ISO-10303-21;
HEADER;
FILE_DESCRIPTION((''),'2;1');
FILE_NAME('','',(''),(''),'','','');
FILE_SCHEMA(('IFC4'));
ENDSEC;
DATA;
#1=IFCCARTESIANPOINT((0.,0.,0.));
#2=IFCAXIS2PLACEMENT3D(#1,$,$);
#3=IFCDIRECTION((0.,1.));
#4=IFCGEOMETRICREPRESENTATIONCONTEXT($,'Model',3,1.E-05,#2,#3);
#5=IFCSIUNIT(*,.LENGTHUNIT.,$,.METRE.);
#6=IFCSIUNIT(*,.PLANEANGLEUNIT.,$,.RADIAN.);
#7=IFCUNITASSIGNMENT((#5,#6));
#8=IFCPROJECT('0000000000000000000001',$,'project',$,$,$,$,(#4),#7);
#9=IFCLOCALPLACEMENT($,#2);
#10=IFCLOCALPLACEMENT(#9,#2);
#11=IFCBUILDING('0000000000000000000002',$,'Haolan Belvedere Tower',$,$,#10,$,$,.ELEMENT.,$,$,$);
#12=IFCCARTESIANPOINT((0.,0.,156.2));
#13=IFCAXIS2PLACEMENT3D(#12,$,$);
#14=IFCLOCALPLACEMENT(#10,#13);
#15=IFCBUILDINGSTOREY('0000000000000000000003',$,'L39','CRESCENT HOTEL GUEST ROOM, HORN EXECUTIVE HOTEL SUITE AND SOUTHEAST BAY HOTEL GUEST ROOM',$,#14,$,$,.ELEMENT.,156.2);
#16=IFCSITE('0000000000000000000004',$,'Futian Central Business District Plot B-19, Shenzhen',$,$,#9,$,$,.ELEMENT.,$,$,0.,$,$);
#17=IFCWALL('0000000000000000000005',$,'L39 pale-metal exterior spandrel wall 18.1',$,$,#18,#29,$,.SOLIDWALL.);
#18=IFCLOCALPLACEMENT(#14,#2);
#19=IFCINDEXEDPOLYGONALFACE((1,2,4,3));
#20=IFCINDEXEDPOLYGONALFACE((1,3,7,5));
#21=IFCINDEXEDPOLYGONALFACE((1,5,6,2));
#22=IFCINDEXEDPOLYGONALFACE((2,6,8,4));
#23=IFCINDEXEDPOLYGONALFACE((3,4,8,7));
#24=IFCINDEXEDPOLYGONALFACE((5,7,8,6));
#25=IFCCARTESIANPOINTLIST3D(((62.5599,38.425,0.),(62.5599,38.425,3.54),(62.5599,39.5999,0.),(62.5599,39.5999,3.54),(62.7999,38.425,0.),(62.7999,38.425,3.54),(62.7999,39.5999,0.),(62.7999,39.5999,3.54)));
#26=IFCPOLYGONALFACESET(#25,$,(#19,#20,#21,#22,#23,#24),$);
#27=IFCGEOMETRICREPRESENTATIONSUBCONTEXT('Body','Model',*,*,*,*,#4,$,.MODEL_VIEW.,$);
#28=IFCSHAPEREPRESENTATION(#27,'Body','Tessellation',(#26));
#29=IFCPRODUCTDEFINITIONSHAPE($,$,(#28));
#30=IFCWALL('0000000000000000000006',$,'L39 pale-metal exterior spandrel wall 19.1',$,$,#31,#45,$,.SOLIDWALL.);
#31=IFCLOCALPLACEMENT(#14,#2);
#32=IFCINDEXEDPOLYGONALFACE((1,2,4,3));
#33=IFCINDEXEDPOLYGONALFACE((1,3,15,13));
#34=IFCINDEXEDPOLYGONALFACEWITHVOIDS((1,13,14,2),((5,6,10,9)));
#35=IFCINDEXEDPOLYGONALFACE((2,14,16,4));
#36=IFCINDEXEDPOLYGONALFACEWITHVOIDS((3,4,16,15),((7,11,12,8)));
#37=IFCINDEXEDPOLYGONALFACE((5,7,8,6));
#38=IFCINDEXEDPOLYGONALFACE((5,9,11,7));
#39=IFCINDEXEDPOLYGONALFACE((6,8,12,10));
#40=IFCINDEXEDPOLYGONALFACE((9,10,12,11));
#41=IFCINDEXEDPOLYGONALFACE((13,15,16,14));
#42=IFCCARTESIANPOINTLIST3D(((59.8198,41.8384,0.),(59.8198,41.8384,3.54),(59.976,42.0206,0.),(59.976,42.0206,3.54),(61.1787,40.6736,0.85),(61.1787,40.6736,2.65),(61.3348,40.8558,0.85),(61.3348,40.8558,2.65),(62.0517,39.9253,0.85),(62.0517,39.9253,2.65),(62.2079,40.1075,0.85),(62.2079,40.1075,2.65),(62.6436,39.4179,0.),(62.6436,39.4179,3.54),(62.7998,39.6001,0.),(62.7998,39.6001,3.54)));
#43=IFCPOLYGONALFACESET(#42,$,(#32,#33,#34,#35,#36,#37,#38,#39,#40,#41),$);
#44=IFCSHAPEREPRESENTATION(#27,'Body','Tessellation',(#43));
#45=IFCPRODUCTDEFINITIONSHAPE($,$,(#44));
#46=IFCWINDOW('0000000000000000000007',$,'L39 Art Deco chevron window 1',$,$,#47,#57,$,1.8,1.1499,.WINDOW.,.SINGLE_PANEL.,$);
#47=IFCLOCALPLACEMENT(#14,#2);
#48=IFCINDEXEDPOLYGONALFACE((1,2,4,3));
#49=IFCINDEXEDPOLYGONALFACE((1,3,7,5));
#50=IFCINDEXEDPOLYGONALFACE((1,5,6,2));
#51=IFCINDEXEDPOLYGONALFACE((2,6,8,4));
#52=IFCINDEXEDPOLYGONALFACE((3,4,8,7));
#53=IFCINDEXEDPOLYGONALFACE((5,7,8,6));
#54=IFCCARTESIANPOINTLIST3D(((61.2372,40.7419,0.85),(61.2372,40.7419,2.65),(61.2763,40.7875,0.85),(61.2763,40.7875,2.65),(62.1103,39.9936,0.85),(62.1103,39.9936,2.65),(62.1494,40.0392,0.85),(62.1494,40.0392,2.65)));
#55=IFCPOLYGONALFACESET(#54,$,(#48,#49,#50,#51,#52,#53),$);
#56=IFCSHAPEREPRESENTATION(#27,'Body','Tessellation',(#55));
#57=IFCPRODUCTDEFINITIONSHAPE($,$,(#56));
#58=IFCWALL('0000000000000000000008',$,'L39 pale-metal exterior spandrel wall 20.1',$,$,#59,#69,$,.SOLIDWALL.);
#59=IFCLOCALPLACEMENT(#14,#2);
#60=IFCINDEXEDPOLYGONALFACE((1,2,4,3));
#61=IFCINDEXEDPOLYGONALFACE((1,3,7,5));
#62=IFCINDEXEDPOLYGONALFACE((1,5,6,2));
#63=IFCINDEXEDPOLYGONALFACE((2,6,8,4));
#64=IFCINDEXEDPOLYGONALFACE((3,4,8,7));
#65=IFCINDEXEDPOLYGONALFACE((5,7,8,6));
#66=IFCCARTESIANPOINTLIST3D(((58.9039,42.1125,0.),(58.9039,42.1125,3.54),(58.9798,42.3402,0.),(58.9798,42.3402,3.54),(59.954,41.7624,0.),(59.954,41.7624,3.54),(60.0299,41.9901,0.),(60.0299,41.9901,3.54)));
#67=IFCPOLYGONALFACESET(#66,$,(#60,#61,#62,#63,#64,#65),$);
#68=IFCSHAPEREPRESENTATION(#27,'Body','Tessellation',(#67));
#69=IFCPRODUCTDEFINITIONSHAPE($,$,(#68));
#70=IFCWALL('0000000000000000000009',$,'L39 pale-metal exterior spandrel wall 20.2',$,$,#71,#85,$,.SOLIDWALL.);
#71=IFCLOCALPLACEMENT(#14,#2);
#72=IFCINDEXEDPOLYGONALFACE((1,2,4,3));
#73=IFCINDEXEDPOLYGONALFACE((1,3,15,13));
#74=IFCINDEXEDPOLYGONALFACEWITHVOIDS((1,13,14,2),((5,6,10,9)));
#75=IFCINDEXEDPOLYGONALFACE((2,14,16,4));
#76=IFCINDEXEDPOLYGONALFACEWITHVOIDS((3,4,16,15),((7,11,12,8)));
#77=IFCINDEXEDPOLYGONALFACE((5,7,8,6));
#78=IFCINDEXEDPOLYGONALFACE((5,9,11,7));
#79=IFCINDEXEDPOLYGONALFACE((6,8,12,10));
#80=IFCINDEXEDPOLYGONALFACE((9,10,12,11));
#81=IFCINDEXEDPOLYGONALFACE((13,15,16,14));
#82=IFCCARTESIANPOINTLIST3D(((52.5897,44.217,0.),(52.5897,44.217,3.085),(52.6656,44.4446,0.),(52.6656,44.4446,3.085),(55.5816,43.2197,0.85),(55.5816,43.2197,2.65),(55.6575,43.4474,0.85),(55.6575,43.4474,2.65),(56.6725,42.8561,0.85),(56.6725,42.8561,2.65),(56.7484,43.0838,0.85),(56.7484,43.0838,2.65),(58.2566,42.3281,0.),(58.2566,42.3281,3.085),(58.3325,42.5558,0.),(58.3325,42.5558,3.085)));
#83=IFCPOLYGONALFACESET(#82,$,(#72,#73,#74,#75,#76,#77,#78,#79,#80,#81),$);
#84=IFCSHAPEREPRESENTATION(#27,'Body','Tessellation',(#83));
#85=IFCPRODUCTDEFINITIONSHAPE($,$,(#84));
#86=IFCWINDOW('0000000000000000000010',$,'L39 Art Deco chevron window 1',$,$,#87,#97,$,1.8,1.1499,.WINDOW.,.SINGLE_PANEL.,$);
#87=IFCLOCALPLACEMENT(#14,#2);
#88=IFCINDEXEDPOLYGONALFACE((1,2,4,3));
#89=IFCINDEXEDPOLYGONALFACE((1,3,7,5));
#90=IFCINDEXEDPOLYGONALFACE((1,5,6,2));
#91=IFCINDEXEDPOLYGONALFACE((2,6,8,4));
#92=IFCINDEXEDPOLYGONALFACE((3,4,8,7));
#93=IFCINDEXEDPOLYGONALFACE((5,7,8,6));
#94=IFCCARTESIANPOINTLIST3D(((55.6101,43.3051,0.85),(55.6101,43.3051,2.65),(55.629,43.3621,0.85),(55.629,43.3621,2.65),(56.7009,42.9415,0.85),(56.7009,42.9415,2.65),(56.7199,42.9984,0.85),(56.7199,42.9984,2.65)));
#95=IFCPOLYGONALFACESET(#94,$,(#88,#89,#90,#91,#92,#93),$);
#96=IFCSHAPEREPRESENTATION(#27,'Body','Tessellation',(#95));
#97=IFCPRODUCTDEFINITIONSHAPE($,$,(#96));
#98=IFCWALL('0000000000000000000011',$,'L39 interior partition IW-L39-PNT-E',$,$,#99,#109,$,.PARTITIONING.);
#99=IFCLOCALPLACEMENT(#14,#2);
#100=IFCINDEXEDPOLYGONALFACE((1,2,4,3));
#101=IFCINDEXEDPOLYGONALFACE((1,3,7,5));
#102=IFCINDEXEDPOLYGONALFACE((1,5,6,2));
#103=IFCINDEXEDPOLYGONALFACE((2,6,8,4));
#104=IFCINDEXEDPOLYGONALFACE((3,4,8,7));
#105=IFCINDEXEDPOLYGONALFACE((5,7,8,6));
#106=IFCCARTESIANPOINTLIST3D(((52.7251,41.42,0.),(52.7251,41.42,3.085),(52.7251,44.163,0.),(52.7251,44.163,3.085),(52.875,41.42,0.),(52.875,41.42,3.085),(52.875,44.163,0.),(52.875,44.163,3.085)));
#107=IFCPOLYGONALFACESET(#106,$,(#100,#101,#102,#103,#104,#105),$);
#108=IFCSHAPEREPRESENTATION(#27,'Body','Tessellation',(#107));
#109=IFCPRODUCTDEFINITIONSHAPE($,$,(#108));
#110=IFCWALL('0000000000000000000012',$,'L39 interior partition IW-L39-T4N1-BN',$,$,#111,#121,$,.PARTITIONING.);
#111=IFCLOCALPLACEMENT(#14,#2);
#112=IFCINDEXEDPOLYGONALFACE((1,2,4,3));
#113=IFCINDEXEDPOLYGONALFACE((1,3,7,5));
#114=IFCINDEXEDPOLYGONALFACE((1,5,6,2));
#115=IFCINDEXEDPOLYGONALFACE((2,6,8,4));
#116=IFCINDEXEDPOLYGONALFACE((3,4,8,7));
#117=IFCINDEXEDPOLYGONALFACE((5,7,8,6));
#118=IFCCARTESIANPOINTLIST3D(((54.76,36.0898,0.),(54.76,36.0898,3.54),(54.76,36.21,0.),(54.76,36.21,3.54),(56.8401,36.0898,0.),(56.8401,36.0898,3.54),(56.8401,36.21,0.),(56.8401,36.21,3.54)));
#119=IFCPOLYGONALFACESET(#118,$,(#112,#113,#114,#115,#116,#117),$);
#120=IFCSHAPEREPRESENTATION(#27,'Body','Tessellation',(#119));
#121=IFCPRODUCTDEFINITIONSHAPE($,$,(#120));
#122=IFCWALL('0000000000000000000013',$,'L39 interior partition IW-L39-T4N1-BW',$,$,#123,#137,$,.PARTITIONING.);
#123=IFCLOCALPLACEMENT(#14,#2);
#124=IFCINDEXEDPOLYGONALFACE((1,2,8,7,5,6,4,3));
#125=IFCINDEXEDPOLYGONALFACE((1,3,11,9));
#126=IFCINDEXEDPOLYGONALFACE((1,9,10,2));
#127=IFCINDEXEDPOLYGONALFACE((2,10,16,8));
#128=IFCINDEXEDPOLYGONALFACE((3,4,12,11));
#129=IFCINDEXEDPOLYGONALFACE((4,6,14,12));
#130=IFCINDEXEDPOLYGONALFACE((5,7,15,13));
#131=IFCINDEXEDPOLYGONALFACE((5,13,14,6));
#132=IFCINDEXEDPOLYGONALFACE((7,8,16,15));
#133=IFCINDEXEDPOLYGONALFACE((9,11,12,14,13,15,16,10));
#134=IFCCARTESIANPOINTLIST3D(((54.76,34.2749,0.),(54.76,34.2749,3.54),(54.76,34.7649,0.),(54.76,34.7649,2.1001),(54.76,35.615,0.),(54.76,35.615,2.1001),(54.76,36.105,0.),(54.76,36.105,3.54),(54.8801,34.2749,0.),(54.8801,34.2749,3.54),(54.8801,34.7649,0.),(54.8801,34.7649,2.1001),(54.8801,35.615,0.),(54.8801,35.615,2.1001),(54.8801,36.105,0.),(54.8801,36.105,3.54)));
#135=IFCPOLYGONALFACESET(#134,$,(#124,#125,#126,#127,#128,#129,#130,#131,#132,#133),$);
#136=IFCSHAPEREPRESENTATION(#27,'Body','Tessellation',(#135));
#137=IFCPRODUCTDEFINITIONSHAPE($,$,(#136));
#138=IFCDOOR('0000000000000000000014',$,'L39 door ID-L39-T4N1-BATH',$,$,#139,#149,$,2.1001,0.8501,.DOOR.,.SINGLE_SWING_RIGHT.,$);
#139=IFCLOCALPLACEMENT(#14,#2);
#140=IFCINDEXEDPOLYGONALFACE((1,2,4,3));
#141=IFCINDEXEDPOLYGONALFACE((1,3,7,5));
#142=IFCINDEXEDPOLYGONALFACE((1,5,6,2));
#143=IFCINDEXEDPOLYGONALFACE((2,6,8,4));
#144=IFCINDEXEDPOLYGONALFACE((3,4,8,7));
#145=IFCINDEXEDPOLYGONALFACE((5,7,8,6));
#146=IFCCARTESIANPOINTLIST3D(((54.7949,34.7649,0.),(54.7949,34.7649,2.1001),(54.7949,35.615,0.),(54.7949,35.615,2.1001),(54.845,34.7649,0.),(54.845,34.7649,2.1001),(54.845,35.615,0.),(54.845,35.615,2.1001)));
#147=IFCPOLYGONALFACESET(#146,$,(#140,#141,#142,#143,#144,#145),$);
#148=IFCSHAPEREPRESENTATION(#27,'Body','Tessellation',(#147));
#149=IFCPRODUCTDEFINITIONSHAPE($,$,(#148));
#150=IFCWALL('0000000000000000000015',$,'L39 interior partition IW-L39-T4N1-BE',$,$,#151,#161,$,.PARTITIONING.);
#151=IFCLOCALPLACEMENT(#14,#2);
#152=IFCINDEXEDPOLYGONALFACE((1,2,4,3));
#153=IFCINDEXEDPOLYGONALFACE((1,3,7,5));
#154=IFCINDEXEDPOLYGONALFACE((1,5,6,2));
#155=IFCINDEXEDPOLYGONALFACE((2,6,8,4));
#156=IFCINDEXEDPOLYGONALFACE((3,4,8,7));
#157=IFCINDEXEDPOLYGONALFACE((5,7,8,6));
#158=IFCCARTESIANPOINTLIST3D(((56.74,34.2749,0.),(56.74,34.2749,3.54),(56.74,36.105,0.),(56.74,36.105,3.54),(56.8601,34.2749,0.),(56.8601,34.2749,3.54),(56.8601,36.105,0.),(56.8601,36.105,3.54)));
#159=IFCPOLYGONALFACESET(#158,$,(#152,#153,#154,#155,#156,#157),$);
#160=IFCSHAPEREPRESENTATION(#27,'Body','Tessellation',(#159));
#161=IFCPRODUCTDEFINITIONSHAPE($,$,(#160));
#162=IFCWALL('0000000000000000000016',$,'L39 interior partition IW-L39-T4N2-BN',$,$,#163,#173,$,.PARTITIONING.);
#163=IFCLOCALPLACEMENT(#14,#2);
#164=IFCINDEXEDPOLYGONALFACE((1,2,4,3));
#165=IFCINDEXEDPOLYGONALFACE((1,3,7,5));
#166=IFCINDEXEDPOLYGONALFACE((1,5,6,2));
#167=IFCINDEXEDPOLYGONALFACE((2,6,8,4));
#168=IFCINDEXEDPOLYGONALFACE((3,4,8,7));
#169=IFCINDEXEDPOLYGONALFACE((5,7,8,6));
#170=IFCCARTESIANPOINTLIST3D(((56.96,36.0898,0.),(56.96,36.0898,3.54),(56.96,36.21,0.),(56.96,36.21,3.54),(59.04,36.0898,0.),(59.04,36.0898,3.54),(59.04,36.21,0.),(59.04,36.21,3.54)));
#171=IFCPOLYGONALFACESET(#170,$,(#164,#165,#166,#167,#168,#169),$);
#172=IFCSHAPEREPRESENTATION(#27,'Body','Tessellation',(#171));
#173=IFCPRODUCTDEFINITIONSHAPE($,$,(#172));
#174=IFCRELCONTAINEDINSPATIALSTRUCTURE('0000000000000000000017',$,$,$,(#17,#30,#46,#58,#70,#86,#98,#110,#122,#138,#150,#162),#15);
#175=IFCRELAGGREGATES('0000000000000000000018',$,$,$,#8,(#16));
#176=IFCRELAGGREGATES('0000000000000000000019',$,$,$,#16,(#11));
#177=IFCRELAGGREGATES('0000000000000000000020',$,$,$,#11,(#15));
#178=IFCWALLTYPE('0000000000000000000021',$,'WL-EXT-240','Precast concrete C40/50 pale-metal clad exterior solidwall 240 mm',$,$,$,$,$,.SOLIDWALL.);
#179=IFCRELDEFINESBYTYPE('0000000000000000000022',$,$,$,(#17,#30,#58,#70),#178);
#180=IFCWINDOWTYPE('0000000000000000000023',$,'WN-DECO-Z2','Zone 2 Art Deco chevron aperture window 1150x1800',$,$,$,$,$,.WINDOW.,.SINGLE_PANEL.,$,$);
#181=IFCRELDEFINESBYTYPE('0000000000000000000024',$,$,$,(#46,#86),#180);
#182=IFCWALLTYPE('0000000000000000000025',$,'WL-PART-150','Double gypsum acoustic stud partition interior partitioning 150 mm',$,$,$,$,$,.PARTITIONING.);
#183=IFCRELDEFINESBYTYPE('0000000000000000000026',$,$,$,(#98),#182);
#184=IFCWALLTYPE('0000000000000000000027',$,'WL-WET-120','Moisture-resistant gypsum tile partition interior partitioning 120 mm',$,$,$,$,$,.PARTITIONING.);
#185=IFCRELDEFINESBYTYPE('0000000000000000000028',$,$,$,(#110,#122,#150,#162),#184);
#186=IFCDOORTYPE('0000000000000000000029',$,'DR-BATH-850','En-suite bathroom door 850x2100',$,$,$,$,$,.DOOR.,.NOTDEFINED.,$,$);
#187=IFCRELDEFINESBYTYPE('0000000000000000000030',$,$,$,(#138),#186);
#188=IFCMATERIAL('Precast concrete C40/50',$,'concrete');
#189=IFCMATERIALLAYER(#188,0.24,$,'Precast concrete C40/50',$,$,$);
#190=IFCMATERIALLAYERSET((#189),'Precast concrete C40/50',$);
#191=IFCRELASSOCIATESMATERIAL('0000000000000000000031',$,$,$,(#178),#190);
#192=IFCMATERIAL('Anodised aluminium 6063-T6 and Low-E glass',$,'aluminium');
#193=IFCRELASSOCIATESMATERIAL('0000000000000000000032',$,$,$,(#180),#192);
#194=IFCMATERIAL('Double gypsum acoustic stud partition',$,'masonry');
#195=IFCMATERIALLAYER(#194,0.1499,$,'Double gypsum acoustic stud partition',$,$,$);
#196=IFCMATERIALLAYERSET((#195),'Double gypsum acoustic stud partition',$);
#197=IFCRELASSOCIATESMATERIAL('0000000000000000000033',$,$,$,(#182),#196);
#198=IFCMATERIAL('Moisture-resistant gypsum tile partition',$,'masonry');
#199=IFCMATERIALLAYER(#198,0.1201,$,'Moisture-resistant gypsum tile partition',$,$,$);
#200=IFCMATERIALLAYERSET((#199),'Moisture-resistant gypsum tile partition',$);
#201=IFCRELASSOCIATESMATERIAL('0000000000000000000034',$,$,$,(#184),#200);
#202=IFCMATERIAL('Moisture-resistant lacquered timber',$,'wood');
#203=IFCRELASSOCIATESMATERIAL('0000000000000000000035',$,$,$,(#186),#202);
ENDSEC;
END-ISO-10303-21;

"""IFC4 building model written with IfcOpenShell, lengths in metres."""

from ifc_helpers import new_model, si_unit, direction, frame, frame_2d, origin, place, context, subcontext, project, spatial, rectangle, extrude, material, layer, layer_set, type_object, element, fill, save


model = new_model("IFC4")

# Units and contexts
model_context = context("Model", 3, precision=1e-05, world=origin(), true_north=direction((0.0, 1.0)))
body_context = subcontext(model_context, "Body", "Model", "MODEL_VIEW")
ifc_project = project(units=[si_unit("LENGTHUNIT", "METRE"), si_unit("PLANEANGLEUNIT", "RADIAN")], contexts=[model_context])

# Site, building, storey
site_placement = place(None, origin())
site = spatial("IfcSite", under=ifc_project, at=site_placement, Name="Futian Central Business District Plot B-19, Shenzhen", CompositionType="ELEMENT", RefElevation=0.0)
building_placement = place(site_placement, origin())
building = spatial("IfcBuilding", under=site, at=building_placement, Name="Haolan Belvedere Tower", CompositionType="ELEMENT")
storey_placement = place(building_placement, frame((0.0, 0.0, 156.2)))
storey = spatial("IfcBuildingStorey", under=building, at=storey_placement, Name="L39", Description="CRESCENT HOTEL GUEST ROOM, HORN EXECUTIVE HOTEL SUITE AND SOUTHEAST BAY HOTEL GUEST ROOM", CompositionType="ELEMENT", Elevation=156.2)

# Wall
ifc_material_1 = material(Name="Precast concrete C40/50", Category="concrete")
ifc_layer_1 = layer(ifc_material_1, 0.24, Name="Precast concrete C40/50")
ifc_layer_set_1 = layer_set([ifc_layer_1], Name="Precast concrete C40/50")
wall_type_1 = type_object("IfcWallType", Name="WL-EXT-240", Description="Precast concrete C40/50 pale-metal clad exterior solidwall 240 mm", PredefinedType="SOLIDWALL", material=ifc_layer_set_1)
wall_1_placement = place(storey_placement, frame((62.6799, 38.425, 0.0), z_axis=(0.0, 0.0, 1.0), x_axis=(0.0, 1.0, 0.0)))
element("IfcWall", 1, at=wall_1_placement, inside=storey, type_object=wall_type_1, Name="L39 pale-metal exterior spandrel wall 18.1", PredefinedType="SOLIDWALL", context=body_context, shape_type="SweptSolid", body=[
    extrude(rectangle(XDim=1.1748, YDim=0.24, at=frame_2d((0.5874, 0.0))), origin(), (0.0, 0.0, 1.0), 3.54),
])

# Wall, opening, window
wall_2_placement = place(storey_placement, frame((62.7217, 39.509, 0.0), z_axis=(0.0, 0.0, 1.0), x_axis=(-0.759247, 0.650802, 0.0)))
wall_2 = element("IfcWall", 2, at=wall_2_placement, inside=storey, type_object=wall_type_1, Name="L39 pale-metal exterior spandrel wall 19.1", PredefinedType="SOLIDWALL", context=body_context, shape_type="SweptSolid", body=[
    extrude(rectangle(XDim=3.7192, YDim=0.24, at=frame_2d((1.8596, 0.0))), origin(), (0.0, 0.0, 1.0), 3.54),
])
opening_1_placement = place(wall_2_placement, frame((0.7795, 0.0, 0.8501)))
opening_1 = element("IfcOpeningElement", 3, at=opening_1_placement, cuts=wall_2, PredefinedType="OPENING", context=body_context, shape_type="SweptSolid", body=[
    extrude(rectangle(XDim=1.1499, YDim=1.8, at=frame_2d((0.575, 0.8999))), frame((0.0, 0.1299, 0.0), z_axis=(0.0, -1.0, 0.0), x_axis=(1.0, 0.0, 0.0)), (0.0, 0.0, 1.0), 0.26),
])
ifc_material_2 = material(Name="Anodised aluminium 6063-T6 and Low-E glass", Category="aluminium")
window_type = type_object("IfcWindowType", Name="WN-DECO-Z2", Description="Zone 2 Art Deco chevron aperture window 1150x1800", PartitioningType="SINGLE_PANEL", PredefinedType="WINDOW", material=ifc_material_2)
window_1_placement = place(opening_1_placement, origin())
window_1 = element("IfcWindow", 4, at=window_1_placement, inside=storey, type_object=window_type, Name="L39 Art Deco chevron window 1", OverallHeight=1.8, OverallWidth=1.1499, PartitioningType="SINGLE_PANEL", PredefinedType="WINDOW", context=body_context, shape_type="SweptSolid", body=[
    extrude(rectangle(XDim=1.1499, YDim=1.8, at=frame_2d((0.575, 0.8999))), frame((0.0, 0.03, 0.0), z_axis=(0.0, -1.0, 0.0), x_axis=(1.0, 0.0, 0.0)), (0.0, 0.0, 1.0), 0.0601),
])
fill(opening_1, window_1)

# Wall
wall_3_placement = place(storey_placement, frame((59.9919, 41.8762, 0.0), z_axis=(0.0, 0.0, 1.0), x_axis=(-0.948661, 0.316294, 0.0)))
element("IfcWall", 5, at=wall_3_placement, inside=storey, type_object=wall_type_1, Name="L39 pale-metal exterior spandrel wall 20.1", PredefinedType="SOLIDWALL", context=body_context, shape_type="SweptSolid", body=[
    extrude(rectangle(XDim=1.1069, YDim=0.24, at=frame_2d((0.5535, 0.0))), origin(), (0.0, 0.0, 1.0), 3.54),
])

# Wall, opening, window
wall_4_placement = place(storey_placement, frame((58.2947, 42.4419, 0.0), z_axis=(0.0, 0.0, 1.0), x_axis=(-0.948687, 0.316216, 0.0)))
wall_4 = element("IfcWall", 6, at=wall_4_placement, inside=storey, type_object=wall_type_1, Name="L39 pale-metal exterior spandrel wall 20.2", PredefinedType="SOLIDWALL", context=body_context, shape_type="SweptSolid", body=[
    extrude(rectangle(XDim=5.9734, YDim=0.24, at=frame_2d((2.9868, 0.0))), origin(), (0.0, 0.0, 1.0), 3.085),
])
opening_2_placement = place(wall_4_placement, frame((1.6699, 0.0, 0.8501)))
opening_2 = element("IfcOpeningElement", 7, at=opening_2_placement, cuts=wall_4, PredefinedType="OPENING", context=body_context, shape_type="SweptSolid", body=[
    extrude(rectangle(XDim=1.1499, YDim=1.8, at=frame_2d((0.575, 0.8999))), frame((0.0, 0.1299, 0.0), z_axis=(0.0, -1.0, 0.0), x_axis=(1.0, 0.0, 0.0)), (0.0, 0.0, 1.0), 0.26),
])
window_2_placement = place(opening_2_placement, origin())
window_2 = element("IfcWindow", 8, at=window_2_placement, inside=storey, type_object=window_type, Name="L39 Art Deco chevron window 1", OverallHeight=1.8, OverallWidth=1.1499, PartitioningType="SINGLE_PANEL", PredefinedType="WINDOW", context=body_context, shape_type="SweptSolid", body=[
    extrude(rectangle(XDim=1.1499, YDim=1.8, at=frame_2d((0.575, 0.8999))), frame((0.0, 0.03, 0.0), z_axis=(0.0, -1.0, 0.0), x_axis=(1.0, 0.0, 0.0)), (0.0, 0.0, 1.0), 0.0601),
])
fill(opening_2, window_2)

# Walls
ifc_material_3 = material(Name="Double gypsum acoustic stud partition", Category="masonry")
ifc_layer_2 = layer(ifc_material_3, 0.1499, Name="Double gypsum acoustic stud partition")
ifc_layer_set_2 = layer_set([ifc_layer_2], Name="Double gypsum acoustic stud partition")
wall_type_2 = type_object("IfcWallType", Name="WL-PART-150", Description="Double gypsum acoustic stud partition interior partitioning 150 mm", PredefinedType="PARTITIONING", material=ifc_layer_set_2)
wall_5_placement = place(storey_placement, frame((52.8, 41.4199, 0.0), z_axis=(0.0, 0.0, 1.0), x_axis=(0.0, 1.0, 0.0)))
element("IfcWall", 9, at=wall_5_placement, inside=storey, type_object=wall_type_2, Name="L39 interior partition IW-L39-PNT-E", PredefinedType="PARTITIONING", context=body_context, shape_type="SweptSolid", body=[
    extrude(rectangle(XDim=2.7429, YDim=0.1499, at=frame_2d((1.3716, 0.0))), origin(), (0.0, 0.0, 1.0), 3.085),
])
ifc_material_4 = material(Name="Moisture-resistant gypsum tile partition", Category="masonry")
ifc_layer_3 = layer(ifc_material_4, 0.1201, Name="Moisture-resistant gypsum tile partition")
ifc_layer_set_3 = layer_set([ifc_layer_3], Name="Moisture-resistant gypsum tile partition")
wall_type_3 = type_object("IfcWallType", Name="WL-WET-120", Description="Moisture-resistant gypsum tile partition interior partitioning 120 mm", PredefinedType="PARTITIONING", material=ifc_layer_set_3)
wall_6_placement = place(storey_placement, frame((54.76, 36.1499, 0.0), z_axis=(0.0, 0.0, 1.0), x_axis=(1.0, 0.0, 0.0)))
element("IfcWall", 10, at=wall_6_placement, inside=storey, type_object=wall_type_3, Name="L39 interior partition IW-L39-T4N1-BN", PredefinedType="PARTITIONING", context=body_context, shape_type="SweptSolid", body=[
    extrude(rectangle(XDim=2.0801, YDim=0.1201, at=frame_2d((1.04, 0.0))), origin(), (0.0, 0.0, 1.0), 3.54),
])

# Wall, opening, door
wall_7_placement = place(storey_placement, frame((54.8201, 34.2749, 0.0), z_axis=(0.0, 0.0, 1.0), x_axis=(0.0, 1.0, 0.0)))
wall_7 = element("IfcWall", 11, at=wall_7_placement, inside=storey, type_object=wall_type_3, Name="L39 interior partition IW-L39-T4N1-BW", PredefinedType="PARTITIONING", context=body_context, shape_type="SweptSolid", body=[
    extrude(rectangle(XDim=1.8301, YDim=0.1201, at=frame_2d((0.915, 0.0))), origin(), (0.0, 0.0, 1.0), 3.54),
])
opening_3_placement = place(wall_7_placement, frame((1.3401, 0.0, 0.0), z_axis=(0.0, 0.0, 1.0), x_axis=(-1.0, 0.0, 0.0)))
opening_3 = element("IfcOpeningElement", 12, at=opening_3_placement, cuts=wall_7, PredefinedType="OPENING", context=body_context, shape_type="SweptSolid", body=[
    extrude(rectangle(XDim=0.8501, YDim=2.1001, at=frame_2d((0.425, 1.05))), frame((0.0, 0.0701, 0.0), z_axis=(0.0, -1.0, 0.0), x_axis=(1.0, 0.0, 0.0)), (0.0, 0.0, 1.0), 0.1401),
])
ifc_material_5 = material(Name="Moisture-resistant lacquered timber", Category="wood")
door_type = type_object("IfcDoorType", Name="DR-BATH-850", Description="En-suite bathroom door 850x2100", OperationType="NOTDEFINED", PredefinedType="DOOR", material=ifc_material_5)
door_1_placement = place(opening_3_placement, origin())
door_1 = element("IfcDoor", 13, at=door_1_placement, inside=storey, type_object=door_type, Name="L39 door ID-L39-T4N1-BATH", OperationType="SINGLE_SWING_RIGHT", OverallHeight=2.1001, OverallWidth=0.8501, PredefinedType="DOOR", context=body_context, shape_type="SweptSolid", body=[
    extrude(rectangle(XDim=0.8501, YDim=2.1001, at=frame_2d((0.425, 1.05))), frame((0.0, 0.0249, 0.0), z_axis=(0.0, -1.0, 0.0), x_axis=(1.0, 0.0, 0.0)), (0.0, 0.0, 1.0), 0.05),
])
fill(opening_3, door_1)

# Walls
wall_8_placement = place(storey_placement, frame((56.8, 34.2749, 0.0), z_axis=(0.0, 0.0, 1.0), x_axis=(0.0, 1.0, 0.0)))
element("IfcWall", 14, at=wall_8_placement, inside=storey, type_object=wall_type_3, Name="L39 interior partition IW-L39-T4N1-BE", PredefinedType="PARTITIONING", context=body_context, shape_type="SweptSolid", body=[
    extrude(rectangle(XDim=1.8301, YDim=0.1201, at=frame_2d((0.915, 0.0))), origin(), (0.0, 0.0, 1.0), 3.54),
])
wall_9_placement = place(storey_placement, frame((56.96, 36.1499, 0.0), z_axis=(0.0, 0.0, 1.0), x_axis=(1.0, 0.0, 0.0)))
element("IfcWall", 15, at=wall_9_placement, inside=storey, type_object=wall_type_3, Name="L39 interior partition IW-L39-T4N2-BN", PredefinedType="PARTITIONING", context=body_context, shape_type="SweptSolid", body=[
    extrude(rectangle(XDim=2.0801, YDim=0.1201, at=frame_2d((1.04, 0.0))), origin(), (0.0, 0.0, 1.0), 3.54),
])

save(model, "model.ifc")
